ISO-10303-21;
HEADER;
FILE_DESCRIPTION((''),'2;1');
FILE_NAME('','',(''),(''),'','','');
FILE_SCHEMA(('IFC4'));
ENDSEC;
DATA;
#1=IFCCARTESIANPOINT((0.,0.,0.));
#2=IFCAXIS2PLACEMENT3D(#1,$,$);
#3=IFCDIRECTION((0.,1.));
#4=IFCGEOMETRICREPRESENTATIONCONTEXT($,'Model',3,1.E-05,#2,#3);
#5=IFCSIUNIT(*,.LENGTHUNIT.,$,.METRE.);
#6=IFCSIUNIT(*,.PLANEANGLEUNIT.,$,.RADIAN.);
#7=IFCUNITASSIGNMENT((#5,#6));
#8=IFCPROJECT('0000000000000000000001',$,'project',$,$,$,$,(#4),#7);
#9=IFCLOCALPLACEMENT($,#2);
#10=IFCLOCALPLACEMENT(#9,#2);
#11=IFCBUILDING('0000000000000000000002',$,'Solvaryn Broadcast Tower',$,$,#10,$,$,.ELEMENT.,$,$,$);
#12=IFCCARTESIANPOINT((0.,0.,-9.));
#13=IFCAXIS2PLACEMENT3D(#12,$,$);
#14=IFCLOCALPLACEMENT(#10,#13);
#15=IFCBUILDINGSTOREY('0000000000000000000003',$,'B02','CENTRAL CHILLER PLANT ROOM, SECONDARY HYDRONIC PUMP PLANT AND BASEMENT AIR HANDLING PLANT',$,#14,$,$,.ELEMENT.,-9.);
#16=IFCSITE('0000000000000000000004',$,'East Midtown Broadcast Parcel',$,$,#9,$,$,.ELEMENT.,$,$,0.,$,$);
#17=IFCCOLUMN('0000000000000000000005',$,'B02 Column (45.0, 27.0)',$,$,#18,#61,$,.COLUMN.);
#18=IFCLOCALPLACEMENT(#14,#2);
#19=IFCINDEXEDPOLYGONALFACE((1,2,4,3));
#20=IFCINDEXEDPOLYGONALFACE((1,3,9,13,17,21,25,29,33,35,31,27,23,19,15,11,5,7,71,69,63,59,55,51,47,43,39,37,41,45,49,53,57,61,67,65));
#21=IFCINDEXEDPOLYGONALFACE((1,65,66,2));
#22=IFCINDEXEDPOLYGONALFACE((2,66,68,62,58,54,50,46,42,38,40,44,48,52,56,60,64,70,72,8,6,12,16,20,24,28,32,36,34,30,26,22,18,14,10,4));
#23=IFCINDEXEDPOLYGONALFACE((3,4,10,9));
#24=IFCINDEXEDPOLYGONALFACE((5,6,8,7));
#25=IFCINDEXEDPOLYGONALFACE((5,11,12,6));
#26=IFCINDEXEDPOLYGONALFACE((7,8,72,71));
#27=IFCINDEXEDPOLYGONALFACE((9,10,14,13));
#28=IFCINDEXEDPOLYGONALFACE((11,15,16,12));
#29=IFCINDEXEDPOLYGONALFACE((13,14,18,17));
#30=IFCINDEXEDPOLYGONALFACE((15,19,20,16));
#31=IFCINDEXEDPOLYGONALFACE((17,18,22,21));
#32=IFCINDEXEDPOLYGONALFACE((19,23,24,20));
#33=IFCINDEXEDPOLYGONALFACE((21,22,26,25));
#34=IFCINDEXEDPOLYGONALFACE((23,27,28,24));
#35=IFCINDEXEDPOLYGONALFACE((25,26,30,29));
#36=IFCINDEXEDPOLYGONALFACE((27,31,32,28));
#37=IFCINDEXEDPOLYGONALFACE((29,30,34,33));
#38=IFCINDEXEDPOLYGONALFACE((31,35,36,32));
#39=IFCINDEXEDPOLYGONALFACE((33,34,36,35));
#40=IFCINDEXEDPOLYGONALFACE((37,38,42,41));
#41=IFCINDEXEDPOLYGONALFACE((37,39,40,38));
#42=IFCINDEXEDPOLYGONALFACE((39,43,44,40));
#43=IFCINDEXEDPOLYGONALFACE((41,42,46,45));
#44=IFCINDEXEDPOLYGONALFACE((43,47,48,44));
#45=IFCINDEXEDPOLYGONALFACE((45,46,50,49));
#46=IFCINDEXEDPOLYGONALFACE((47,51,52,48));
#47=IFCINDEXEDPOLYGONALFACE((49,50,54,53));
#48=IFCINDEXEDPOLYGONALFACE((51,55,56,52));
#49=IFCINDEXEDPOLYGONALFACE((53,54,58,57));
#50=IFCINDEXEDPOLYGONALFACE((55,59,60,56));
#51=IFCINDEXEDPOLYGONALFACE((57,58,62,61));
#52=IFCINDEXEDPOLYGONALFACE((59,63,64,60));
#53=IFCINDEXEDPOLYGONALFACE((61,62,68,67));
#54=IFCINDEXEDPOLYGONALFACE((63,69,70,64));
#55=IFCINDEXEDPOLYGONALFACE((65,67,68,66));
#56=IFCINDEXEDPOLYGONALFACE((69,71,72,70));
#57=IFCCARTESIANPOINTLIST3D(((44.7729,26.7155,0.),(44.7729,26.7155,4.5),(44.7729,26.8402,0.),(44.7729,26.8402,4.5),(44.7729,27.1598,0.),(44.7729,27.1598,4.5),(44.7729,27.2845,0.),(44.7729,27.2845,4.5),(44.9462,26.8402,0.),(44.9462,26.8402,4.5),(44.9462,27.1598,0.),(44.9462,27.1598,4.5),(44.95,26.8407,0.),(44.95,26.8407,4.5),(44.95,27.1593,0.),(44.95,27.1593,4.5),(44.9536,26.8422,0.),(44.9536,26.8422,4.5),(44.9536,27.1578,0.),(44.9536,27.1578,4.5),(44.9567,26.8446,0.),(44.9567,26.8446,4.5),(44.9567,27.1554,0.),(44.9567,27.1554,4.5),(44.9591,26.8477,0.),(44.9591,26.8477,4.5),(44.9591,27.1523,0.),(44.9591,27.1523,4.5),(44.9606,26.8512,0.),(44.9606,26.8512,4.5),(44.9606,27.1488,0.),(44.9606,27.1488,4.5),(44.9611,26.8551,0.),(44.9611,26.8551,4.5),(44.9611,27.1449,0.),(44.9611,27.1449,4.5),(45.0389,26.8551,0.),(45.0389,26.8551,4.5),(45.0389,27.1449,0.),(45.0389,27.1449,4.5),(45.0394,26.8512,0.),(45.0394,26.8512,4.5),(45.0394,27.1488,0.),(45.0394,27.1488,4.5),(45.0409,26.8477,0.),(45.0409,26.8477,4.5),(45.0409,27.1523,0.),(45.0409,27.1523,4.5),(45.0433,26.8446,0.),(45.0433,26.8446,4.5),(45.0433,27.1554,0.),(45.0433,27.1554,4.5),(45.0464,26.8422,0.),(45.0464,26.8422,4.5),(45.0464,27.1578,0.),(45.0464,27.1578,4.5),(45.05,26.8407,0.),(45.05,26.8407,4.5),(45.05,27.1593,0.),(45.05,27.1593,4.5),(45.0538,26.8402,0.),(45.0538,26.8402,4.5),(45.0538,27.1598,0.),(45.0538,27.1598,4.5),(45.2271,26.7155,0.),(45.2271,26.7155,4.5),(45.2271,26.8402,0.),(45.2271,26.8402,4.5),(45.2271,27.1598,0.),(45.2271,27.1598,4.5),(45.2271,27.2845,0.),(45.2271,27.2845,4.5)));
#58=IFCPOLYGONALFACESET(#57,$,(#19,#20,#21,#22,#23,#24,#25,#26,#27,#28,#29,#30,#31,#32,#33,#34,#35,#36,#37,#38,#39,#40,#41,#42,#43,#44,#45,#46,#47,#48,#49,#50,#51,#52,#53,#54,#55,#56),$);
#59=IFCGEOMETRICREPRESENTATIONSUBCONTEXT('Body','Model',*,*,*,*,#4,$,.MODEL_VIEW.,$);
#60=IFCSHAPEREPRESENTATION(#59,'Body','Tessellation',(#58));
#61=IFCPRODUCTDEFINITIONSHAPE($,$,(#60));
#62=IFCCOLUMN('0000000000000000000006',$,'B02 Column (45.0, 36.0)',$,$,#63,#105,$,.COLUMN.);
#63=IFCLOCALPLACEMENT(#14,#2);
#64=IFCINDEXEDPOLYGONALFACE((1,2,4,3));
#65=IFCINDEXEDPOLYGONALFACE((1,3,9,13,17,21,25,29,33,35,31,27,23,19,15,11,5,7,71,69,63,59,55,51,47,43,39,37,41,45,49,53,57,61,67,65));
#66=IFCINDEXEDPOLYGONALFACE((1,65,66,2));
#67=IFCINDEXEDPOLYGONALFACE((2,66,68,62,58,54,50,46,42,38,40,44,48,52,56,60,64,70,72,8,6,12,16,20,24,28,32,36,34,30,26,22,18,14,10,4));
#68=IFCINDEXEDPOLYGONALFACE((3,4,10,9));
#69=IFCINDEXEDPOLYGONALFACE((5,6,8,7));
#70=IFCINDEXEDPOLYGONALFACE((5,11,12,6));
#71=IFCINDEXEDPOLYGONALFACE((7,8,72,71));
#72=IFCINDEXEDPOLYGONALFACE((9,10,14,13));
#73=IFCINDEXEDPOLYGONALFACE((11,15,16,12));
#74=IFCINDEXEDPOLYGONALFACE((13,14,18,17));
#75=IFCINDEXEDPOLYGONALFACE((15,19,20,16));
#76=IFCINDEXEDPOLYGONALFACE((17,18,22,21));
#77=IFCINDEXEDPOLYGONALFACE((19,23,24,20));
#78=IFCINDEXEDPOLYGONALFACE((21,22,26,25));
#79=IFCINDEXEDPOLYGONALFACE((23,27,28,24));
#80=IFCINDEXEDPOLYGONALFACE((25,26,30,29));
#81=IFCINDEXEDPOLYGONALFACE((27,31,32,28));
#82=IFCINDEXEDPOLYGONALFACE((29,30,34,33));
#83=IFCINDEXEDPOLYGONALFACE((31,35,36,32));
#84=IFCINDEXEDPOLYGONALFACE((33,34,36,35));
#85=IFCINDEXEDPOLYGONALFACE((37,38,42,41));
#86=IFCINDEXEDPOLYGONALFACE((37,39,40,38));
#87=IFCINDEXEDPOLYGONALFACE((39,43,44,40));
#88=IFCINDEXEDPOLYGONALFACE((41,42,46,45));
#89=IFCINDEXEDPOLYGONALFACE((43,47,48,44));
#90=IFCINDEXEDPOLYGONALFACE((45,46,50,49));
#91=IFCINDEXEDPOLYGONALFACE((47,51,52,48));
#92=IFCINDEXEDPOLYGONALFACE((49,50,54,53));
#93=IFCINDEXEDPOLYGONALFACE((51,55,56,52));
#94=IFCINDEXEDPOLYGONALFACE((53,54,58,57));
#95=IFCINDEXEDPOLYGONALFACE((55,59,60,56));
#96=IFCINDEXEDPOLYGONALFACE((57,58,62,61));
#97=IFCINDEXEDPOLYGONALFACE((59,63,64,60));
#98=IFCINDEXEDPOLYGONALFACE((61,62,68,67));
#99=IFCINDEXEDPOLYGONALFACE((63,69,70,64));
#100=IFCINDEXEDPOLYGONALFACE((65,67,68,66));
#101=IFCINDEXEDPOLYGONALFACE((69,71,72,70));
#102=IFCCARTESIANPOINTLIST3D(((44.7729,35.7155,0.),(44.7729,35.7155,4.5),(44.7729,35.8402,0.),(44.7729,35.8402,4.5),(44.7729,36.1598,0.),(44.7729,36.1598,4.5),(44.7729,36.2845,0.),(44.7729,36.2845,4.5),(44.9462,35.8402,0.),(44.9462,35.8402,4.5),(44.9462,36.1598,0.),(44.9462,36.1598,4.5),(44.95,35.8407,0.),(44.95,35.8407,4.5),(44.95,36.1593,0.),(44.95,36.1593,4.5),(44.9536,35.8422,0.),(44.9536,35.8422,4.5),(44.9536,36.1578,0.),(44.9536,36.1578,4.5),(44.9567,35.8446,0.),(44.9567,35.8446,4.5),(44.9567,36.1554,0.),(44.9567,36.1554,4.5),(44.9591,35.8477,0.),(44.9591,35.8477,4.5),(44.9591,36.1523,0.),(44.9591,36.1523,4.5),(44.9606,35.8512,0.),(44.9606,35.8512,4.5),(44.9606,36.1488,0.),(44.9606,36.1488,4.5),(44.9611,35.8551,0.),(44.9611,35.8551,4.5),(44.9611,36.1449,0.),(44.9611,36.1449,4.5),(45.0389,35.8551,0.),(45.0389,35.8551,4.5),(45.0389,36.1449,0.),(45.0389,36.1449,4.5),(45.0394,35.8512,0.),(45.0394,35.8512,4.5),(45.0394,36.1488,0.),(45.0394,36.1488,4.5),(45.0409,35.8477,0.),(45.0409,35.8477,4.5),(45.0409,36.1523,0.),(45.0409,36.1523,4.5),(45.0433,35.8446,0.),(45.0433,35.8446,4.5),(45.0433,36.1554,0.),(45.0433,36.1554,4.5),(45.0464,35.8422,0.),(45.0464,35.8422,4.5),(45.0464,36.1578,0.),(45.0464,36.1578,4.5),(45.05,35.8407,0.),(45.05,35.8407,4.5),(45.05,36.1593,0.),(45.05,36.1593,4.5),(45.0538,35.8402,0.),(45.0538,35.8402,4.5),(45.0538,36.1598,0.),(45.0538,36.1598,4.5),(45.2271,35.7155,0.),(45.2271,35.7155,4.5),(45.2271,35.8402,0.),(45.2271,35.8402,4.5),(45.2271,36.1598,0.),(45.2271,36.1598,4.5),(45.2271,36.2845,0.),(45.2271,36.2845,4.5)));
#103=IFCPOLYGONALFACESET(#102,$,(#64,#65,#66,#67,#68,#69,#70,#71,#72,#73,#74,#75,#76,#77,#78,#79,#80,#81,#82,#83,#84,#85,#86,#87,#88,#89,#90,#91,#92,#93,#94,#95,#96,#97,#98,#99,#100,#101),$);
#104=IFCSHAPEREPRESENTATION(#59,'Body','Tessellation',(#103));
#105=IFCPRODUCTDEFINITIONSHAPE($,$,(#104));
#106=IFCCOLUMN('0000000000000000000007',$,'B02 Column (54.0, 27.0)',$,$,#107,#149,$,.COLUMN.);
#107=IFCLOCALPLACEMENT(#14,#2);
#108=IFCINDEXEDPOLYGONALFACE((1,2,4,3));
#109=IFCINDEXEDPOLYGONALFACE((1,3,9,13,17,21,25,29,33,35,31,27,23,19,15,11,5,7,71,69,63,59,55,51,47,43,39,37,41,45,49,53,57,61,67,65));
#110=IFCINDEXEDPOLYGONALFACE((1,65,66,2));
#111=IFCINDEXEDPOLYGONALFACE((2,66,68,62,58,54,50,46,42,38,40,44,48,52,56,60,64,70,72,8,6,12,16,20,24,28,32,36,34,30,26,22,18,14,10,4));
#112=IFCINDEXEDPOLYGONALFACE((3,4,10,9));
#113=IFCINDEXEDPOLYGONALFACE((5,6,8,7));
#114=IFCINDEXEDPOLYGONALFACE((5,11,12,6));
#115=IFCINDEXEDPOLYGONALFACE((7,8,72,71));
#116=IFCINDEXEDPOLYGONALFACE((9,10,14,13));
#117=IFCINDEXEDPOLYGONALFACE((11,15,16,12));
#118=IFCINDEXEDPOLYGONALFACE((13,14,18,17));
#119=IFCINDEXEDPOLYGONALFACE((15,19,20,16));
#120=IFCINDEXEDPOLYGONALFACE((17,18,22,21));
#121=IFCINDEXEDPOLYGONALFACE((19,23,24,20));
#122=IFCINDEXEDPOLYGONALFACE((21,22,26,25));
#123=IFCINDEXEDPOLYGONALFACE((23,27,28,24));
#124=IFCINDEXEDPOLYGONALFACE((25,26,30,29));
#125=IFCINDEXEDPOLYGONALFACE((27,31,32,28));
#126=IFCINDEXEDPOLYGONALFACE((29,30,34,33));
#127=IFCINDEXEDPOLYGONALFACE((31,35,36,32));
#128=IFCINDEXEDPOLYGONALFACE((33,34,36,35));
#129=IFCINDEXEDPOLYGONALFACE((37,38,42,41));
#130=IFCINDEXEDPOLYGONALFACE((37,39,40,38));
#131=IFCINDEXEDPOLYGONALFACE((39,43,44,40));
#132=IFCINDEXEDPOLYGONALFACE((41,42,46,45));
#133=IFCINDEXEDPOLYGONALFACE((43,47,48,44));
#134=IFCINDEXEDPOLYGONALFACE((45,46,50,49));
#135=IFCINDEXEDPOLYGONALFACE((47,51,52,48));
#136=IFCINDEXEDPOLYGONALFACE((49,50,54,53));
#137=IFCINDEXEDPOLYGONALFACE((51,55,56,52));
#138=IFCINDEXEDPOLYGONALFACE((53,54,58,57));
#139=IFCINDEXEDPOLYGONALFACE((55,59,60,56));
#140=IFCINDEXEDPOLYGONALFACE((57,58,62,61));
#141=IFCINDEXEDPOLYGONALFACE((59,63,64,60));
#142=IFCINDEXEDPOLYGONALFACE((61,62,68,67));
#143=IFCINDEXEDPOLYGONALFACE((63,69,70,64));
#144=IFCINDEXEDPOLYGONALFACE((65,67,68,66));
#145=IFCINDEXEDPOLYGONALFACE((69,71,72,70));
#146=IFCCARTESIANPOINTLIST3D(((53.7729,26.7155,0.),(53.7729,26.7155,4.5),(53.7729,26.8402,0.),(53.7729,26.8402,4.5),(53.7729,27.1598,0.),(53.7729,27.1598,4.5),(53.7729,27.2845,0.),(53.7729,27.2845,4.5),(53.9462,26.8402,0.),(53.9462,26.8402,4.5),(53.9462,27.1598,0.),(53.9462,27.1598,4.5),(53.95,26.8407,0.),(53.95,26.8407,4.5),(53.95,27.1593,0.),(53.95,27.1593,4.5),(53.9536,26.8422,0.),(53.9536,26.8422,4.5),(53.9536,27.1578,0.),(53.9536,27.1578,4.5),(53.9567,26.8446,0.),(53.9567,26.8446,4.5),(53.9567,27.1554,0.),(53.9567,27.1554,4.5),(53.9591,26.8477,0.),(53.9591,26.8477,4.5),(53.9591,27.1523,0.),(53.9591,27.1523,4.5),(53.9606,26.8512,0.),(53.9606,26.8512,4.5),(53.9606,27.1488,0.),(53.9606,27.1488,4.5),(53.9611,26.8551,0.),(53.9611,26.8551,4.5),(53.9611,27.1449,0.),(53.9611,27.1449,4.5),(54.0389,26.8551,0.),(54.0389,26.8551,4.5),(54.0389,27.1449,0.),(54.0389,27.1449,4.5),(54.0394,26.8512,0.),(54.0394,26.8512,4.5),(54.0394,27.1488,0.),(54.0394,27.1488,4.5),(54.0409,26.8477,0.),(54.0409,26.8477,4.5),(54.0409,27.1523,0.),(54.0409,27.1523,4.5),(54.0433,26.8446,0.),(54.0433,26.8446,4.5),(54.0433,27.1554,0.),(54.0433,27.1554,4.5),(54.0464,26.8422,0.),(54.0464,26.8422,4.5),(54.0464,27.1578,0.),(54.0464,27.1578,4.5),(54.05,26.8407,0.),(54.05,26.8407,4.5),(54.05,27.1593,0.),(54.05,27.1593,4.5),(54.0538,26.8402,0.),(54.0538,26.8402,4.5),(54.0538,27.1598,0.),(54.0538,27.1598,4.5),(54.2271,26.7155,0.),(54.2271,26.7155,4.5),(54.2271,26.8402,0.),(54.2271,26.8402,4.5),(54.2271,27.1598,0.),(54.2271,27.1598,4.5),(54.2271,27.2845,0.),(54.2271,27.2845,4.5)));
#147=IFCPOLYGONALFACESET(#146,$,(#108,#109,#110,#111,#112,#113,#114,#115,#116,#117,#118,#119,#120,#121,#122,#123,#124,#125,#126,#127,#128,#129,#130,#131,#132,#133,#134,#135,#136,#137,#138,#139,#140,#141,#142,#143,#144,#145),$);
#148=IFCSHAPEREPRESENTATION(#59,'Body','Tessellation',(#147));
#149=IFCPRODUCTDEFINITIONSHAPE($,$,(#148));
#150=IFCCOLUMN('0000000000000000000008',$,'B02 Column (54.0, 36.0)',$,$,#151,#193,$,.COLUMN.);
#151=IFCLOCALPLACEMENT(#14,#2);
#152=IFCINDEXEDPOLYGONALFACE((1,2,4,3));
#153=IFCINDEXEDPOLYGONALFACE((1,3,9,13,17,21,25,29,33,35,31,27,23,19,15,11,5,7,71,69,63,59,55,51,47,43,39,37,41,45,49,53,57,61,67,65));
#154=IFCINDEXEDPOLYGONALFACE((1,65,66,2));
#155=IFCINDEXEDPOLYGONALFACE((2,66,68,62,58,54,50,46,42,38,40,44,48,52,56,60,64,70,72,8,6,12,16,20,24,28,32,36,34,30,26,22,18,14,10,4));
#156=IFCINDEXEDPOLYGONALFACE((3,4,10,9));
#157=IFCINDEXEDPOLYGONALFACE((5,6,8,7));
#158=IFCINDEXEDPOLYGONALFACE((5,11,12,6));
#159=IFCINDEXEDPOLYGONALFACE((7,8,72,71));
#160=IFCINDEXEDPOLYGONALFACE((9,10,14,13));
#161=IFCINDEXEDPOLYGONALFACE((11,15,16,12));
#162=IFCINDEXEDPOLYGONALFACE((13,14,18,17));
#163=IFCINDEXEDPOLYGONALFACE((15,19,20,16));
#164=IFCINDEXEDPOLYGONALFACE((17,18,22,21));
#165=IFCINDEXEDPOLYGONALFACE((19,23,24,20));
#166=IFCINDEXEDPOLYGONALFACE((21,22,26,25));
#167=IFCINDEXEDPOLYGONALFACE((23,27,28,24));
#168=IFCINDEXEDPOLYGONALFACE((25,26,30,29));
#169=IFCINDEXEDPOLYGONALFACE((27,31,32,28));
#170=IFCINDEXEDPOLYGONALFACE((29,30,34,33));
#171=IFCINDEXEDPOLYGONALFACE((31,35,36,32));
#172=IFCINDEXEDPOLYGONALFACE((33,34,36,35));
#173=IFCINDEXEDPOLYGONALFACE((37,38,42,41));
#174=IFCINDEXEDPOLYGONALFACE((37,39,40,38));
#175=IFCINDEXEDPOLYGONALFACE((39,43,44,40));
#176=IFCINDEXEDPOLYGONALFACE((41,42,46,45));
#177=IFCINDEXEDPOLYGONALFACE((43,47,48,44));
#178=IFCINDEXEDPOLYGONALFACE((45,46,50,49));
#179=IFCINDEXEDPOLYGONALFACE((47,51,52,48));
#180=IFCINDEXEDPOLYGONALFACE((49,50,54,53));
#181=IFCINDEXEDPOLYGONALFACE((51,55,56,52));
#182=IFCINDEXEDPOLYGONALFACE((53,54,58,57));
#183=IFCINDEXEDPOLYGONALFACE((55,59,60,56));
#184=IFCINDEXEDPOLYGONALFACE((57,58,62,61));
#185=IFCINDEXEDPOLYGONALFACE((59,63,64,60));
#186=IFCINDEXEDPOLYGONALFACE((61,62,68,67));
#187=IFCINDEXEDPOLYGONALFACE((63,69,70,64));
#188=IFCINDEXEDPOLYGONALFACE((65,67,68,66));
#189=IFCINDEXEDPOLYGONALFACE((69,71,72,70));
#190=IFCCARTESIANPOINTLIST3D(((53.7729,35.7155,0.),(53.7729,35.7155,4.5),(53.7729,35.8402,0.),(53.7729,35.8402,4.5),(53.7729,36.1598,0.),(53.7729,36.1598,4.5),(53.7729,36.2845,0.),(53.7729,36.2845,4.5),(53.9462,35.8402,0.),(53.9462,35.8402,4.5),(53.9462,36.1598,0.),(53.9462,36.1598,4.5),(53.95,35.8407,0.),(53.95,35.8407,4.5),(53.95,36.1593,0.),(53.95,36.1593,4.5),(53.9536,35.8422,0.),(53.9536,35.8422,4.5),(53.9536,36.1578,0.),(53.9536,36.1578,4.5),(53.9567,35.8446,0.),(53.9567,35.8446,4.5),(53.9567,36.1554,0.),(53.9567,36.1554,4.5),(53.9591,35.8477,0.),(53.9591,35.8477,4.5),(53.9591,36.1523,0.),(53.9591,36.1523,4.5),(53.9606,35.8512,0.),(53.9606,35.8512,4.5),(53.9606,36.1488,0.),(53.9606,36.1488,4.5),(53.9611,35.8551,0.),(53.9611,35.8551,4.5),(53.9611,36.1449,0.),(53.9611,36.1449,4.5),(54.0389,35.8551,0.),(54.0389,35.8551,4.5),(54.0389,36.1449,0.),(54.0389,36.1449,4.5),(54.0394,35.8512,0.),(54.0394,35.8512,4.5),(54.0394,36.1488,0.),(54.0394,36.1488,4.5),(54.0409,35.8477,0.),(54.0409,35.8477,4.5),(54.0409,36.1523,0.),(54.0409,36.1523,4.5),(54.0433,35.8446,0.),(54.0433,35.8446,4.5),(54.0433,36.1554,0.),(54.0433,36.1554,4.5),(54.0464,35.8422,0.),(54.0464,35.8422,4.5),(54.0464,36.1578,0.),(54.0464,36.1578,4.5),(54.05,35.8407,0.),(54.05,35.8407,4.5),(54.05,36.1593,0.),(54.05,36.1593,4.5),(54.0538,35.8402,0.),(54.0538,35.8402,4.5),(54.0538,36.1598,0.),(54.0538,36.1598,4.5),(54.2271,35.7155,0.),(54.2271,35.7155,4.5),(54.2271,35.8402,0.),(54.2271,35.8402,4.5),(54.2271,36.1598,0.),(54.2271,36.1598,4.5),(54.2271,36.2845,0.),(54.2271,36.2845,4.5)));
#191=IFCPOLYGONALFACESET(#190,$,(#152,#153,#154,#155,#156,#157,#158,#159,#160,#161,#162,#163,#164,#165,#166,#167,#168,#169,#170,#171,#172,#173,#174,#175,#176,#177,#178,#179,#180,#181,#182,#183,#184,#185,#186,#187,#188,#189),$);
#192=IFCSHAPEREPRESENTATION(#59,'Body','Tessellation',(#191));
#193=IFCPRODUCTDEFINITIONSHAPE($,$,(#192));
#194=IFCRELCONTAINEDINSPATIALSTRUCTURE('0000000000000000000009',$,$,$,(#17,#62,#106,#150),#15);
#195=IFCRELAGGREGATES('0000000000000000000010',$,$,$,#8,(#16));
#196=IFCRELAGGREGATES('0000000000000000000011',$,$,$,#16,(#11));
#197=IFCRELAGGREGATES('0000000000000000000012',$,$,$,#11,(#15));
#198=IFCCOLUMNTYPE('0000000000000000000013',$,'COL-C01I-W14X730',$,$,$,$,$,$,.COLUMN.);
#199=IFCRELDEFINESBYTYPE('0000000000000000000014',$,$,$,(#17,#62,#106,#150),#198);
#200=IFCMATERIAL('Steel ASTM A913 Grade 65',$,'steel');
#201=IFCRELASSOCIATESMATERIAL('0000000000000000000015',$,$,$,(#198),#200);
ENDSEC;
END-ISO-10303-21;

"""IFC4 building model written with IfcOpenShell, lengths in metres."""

from ifc_helpers import new_model, si_unit, direction, frame, origin, origin_2d, place, context, subcontext, project, spatial, i_section, extrude, material, material_profile, profile_set, type_object, element, save


model = new_model("IFC4")

# Units and contexts
model_context = context("Model", 3, precision=1e-05, world=origin(), true_north=direction((0.0, 1.0)))
body_context = subcontext(model_context, "Body", "Model", "MODEL_VIEW")
ifc_project = project(units=[si_unit("LENGTHUNIT", "METRE"), si_unit("PLANEANGLEUNIT", "RADIAN")], contexts=[model_context])

# Site, building, storey
site_placement = place(None, origin())
site = spatial("IfcSite", under=ifc_project, at=site_placement, Name="East Midtown Broadcast Parcel", CompositionType="ELEMENT", RefElevation=0.0)
building_placement = place(site_placement, origin())
building = spatial("IfcBuilding", under=site, at=building_placement, Name="Solvaryn Broadcast Tower", CompositionType="ELEMENT")
storey_placement = place(building_placement, frame((0.0, 0.0, -9.0)))
storey = spatial("IfcBuildingStorey", under=building, at=storey_placement, Name="B02", Description="CENTRAL CHILLER PLANT ROOM, SECONDARY HYDRONIC PUMP PLANT AND BASEMENT AIR HANDLING PLANT", CompositionType="ELEMENT", Elevation=-9.0)

# Columns
ifc_material_1 = material(Name="Steel ASTM A913 Grade 65", Category="steel")
ifc_material_profile_1 = material_profile(ifc_material_1, i_section(OverallWidth=0.4541, OverallDepth=0.5691, WebThickness=0.0779, FlangeThickness=0.1248, FilletRadius=0.0149, at=origin_2d()))
ifc_profile_set_1 = profile_set([ifc_material_profile_1], Name="Steel ASTM A913 Grade 65")
column_type_1 = type_object("IfcColumnType", Name="COL-C01I-W14X730", PredefinedType="COLUMN", material=ifc_profile_set_1)
for number, where, z_axis, x_axis, name in (
    (1, (45.0, 27.0, 0.0), (0.0, 0.0, 1.0), (1.0, 0.0, 0.0), "B02 Column (45.0, 27.0)"),
    (2, (45.0, 36.0, 0.0), (0.0, 0.0, 1.0), (1.0, 0.0, 0.0), "B02 Column (45.0, 36.0)"),
    (3, (54.0, 27.0, 0.0), (0.0, 0.0, 1.0), (1.0, 0.0, 0.0), "B02 Column (54.0, 27.0)"),
    (4, (54.0, 36.0, 0.0), (0.0, 0.0, 1.0), (1.0, 0.0, 0.0), "B02 Column (54.0, 36.0)"),
):
    element("IfcColumn", number, at=place(storey_placement, frame(where, z_axis=z_axis, x_axis=x_axis)), inside=storey, type_object=column_type_1, Name=name, PredefinedType="COLUMN", context=body_context, shape_type="SweptSolid", body=[
        extrude(i_section(OverallWidth=0.4541, OverallDepth=0.5691, WebThickness=0.0779, FlangeThickness=0.1248, FilletRadius=0.0149, at=origin_2d()), origin(), (0.0, 0.0, 1.0), 4.5),
    ])

save(model, "model.ifc")
